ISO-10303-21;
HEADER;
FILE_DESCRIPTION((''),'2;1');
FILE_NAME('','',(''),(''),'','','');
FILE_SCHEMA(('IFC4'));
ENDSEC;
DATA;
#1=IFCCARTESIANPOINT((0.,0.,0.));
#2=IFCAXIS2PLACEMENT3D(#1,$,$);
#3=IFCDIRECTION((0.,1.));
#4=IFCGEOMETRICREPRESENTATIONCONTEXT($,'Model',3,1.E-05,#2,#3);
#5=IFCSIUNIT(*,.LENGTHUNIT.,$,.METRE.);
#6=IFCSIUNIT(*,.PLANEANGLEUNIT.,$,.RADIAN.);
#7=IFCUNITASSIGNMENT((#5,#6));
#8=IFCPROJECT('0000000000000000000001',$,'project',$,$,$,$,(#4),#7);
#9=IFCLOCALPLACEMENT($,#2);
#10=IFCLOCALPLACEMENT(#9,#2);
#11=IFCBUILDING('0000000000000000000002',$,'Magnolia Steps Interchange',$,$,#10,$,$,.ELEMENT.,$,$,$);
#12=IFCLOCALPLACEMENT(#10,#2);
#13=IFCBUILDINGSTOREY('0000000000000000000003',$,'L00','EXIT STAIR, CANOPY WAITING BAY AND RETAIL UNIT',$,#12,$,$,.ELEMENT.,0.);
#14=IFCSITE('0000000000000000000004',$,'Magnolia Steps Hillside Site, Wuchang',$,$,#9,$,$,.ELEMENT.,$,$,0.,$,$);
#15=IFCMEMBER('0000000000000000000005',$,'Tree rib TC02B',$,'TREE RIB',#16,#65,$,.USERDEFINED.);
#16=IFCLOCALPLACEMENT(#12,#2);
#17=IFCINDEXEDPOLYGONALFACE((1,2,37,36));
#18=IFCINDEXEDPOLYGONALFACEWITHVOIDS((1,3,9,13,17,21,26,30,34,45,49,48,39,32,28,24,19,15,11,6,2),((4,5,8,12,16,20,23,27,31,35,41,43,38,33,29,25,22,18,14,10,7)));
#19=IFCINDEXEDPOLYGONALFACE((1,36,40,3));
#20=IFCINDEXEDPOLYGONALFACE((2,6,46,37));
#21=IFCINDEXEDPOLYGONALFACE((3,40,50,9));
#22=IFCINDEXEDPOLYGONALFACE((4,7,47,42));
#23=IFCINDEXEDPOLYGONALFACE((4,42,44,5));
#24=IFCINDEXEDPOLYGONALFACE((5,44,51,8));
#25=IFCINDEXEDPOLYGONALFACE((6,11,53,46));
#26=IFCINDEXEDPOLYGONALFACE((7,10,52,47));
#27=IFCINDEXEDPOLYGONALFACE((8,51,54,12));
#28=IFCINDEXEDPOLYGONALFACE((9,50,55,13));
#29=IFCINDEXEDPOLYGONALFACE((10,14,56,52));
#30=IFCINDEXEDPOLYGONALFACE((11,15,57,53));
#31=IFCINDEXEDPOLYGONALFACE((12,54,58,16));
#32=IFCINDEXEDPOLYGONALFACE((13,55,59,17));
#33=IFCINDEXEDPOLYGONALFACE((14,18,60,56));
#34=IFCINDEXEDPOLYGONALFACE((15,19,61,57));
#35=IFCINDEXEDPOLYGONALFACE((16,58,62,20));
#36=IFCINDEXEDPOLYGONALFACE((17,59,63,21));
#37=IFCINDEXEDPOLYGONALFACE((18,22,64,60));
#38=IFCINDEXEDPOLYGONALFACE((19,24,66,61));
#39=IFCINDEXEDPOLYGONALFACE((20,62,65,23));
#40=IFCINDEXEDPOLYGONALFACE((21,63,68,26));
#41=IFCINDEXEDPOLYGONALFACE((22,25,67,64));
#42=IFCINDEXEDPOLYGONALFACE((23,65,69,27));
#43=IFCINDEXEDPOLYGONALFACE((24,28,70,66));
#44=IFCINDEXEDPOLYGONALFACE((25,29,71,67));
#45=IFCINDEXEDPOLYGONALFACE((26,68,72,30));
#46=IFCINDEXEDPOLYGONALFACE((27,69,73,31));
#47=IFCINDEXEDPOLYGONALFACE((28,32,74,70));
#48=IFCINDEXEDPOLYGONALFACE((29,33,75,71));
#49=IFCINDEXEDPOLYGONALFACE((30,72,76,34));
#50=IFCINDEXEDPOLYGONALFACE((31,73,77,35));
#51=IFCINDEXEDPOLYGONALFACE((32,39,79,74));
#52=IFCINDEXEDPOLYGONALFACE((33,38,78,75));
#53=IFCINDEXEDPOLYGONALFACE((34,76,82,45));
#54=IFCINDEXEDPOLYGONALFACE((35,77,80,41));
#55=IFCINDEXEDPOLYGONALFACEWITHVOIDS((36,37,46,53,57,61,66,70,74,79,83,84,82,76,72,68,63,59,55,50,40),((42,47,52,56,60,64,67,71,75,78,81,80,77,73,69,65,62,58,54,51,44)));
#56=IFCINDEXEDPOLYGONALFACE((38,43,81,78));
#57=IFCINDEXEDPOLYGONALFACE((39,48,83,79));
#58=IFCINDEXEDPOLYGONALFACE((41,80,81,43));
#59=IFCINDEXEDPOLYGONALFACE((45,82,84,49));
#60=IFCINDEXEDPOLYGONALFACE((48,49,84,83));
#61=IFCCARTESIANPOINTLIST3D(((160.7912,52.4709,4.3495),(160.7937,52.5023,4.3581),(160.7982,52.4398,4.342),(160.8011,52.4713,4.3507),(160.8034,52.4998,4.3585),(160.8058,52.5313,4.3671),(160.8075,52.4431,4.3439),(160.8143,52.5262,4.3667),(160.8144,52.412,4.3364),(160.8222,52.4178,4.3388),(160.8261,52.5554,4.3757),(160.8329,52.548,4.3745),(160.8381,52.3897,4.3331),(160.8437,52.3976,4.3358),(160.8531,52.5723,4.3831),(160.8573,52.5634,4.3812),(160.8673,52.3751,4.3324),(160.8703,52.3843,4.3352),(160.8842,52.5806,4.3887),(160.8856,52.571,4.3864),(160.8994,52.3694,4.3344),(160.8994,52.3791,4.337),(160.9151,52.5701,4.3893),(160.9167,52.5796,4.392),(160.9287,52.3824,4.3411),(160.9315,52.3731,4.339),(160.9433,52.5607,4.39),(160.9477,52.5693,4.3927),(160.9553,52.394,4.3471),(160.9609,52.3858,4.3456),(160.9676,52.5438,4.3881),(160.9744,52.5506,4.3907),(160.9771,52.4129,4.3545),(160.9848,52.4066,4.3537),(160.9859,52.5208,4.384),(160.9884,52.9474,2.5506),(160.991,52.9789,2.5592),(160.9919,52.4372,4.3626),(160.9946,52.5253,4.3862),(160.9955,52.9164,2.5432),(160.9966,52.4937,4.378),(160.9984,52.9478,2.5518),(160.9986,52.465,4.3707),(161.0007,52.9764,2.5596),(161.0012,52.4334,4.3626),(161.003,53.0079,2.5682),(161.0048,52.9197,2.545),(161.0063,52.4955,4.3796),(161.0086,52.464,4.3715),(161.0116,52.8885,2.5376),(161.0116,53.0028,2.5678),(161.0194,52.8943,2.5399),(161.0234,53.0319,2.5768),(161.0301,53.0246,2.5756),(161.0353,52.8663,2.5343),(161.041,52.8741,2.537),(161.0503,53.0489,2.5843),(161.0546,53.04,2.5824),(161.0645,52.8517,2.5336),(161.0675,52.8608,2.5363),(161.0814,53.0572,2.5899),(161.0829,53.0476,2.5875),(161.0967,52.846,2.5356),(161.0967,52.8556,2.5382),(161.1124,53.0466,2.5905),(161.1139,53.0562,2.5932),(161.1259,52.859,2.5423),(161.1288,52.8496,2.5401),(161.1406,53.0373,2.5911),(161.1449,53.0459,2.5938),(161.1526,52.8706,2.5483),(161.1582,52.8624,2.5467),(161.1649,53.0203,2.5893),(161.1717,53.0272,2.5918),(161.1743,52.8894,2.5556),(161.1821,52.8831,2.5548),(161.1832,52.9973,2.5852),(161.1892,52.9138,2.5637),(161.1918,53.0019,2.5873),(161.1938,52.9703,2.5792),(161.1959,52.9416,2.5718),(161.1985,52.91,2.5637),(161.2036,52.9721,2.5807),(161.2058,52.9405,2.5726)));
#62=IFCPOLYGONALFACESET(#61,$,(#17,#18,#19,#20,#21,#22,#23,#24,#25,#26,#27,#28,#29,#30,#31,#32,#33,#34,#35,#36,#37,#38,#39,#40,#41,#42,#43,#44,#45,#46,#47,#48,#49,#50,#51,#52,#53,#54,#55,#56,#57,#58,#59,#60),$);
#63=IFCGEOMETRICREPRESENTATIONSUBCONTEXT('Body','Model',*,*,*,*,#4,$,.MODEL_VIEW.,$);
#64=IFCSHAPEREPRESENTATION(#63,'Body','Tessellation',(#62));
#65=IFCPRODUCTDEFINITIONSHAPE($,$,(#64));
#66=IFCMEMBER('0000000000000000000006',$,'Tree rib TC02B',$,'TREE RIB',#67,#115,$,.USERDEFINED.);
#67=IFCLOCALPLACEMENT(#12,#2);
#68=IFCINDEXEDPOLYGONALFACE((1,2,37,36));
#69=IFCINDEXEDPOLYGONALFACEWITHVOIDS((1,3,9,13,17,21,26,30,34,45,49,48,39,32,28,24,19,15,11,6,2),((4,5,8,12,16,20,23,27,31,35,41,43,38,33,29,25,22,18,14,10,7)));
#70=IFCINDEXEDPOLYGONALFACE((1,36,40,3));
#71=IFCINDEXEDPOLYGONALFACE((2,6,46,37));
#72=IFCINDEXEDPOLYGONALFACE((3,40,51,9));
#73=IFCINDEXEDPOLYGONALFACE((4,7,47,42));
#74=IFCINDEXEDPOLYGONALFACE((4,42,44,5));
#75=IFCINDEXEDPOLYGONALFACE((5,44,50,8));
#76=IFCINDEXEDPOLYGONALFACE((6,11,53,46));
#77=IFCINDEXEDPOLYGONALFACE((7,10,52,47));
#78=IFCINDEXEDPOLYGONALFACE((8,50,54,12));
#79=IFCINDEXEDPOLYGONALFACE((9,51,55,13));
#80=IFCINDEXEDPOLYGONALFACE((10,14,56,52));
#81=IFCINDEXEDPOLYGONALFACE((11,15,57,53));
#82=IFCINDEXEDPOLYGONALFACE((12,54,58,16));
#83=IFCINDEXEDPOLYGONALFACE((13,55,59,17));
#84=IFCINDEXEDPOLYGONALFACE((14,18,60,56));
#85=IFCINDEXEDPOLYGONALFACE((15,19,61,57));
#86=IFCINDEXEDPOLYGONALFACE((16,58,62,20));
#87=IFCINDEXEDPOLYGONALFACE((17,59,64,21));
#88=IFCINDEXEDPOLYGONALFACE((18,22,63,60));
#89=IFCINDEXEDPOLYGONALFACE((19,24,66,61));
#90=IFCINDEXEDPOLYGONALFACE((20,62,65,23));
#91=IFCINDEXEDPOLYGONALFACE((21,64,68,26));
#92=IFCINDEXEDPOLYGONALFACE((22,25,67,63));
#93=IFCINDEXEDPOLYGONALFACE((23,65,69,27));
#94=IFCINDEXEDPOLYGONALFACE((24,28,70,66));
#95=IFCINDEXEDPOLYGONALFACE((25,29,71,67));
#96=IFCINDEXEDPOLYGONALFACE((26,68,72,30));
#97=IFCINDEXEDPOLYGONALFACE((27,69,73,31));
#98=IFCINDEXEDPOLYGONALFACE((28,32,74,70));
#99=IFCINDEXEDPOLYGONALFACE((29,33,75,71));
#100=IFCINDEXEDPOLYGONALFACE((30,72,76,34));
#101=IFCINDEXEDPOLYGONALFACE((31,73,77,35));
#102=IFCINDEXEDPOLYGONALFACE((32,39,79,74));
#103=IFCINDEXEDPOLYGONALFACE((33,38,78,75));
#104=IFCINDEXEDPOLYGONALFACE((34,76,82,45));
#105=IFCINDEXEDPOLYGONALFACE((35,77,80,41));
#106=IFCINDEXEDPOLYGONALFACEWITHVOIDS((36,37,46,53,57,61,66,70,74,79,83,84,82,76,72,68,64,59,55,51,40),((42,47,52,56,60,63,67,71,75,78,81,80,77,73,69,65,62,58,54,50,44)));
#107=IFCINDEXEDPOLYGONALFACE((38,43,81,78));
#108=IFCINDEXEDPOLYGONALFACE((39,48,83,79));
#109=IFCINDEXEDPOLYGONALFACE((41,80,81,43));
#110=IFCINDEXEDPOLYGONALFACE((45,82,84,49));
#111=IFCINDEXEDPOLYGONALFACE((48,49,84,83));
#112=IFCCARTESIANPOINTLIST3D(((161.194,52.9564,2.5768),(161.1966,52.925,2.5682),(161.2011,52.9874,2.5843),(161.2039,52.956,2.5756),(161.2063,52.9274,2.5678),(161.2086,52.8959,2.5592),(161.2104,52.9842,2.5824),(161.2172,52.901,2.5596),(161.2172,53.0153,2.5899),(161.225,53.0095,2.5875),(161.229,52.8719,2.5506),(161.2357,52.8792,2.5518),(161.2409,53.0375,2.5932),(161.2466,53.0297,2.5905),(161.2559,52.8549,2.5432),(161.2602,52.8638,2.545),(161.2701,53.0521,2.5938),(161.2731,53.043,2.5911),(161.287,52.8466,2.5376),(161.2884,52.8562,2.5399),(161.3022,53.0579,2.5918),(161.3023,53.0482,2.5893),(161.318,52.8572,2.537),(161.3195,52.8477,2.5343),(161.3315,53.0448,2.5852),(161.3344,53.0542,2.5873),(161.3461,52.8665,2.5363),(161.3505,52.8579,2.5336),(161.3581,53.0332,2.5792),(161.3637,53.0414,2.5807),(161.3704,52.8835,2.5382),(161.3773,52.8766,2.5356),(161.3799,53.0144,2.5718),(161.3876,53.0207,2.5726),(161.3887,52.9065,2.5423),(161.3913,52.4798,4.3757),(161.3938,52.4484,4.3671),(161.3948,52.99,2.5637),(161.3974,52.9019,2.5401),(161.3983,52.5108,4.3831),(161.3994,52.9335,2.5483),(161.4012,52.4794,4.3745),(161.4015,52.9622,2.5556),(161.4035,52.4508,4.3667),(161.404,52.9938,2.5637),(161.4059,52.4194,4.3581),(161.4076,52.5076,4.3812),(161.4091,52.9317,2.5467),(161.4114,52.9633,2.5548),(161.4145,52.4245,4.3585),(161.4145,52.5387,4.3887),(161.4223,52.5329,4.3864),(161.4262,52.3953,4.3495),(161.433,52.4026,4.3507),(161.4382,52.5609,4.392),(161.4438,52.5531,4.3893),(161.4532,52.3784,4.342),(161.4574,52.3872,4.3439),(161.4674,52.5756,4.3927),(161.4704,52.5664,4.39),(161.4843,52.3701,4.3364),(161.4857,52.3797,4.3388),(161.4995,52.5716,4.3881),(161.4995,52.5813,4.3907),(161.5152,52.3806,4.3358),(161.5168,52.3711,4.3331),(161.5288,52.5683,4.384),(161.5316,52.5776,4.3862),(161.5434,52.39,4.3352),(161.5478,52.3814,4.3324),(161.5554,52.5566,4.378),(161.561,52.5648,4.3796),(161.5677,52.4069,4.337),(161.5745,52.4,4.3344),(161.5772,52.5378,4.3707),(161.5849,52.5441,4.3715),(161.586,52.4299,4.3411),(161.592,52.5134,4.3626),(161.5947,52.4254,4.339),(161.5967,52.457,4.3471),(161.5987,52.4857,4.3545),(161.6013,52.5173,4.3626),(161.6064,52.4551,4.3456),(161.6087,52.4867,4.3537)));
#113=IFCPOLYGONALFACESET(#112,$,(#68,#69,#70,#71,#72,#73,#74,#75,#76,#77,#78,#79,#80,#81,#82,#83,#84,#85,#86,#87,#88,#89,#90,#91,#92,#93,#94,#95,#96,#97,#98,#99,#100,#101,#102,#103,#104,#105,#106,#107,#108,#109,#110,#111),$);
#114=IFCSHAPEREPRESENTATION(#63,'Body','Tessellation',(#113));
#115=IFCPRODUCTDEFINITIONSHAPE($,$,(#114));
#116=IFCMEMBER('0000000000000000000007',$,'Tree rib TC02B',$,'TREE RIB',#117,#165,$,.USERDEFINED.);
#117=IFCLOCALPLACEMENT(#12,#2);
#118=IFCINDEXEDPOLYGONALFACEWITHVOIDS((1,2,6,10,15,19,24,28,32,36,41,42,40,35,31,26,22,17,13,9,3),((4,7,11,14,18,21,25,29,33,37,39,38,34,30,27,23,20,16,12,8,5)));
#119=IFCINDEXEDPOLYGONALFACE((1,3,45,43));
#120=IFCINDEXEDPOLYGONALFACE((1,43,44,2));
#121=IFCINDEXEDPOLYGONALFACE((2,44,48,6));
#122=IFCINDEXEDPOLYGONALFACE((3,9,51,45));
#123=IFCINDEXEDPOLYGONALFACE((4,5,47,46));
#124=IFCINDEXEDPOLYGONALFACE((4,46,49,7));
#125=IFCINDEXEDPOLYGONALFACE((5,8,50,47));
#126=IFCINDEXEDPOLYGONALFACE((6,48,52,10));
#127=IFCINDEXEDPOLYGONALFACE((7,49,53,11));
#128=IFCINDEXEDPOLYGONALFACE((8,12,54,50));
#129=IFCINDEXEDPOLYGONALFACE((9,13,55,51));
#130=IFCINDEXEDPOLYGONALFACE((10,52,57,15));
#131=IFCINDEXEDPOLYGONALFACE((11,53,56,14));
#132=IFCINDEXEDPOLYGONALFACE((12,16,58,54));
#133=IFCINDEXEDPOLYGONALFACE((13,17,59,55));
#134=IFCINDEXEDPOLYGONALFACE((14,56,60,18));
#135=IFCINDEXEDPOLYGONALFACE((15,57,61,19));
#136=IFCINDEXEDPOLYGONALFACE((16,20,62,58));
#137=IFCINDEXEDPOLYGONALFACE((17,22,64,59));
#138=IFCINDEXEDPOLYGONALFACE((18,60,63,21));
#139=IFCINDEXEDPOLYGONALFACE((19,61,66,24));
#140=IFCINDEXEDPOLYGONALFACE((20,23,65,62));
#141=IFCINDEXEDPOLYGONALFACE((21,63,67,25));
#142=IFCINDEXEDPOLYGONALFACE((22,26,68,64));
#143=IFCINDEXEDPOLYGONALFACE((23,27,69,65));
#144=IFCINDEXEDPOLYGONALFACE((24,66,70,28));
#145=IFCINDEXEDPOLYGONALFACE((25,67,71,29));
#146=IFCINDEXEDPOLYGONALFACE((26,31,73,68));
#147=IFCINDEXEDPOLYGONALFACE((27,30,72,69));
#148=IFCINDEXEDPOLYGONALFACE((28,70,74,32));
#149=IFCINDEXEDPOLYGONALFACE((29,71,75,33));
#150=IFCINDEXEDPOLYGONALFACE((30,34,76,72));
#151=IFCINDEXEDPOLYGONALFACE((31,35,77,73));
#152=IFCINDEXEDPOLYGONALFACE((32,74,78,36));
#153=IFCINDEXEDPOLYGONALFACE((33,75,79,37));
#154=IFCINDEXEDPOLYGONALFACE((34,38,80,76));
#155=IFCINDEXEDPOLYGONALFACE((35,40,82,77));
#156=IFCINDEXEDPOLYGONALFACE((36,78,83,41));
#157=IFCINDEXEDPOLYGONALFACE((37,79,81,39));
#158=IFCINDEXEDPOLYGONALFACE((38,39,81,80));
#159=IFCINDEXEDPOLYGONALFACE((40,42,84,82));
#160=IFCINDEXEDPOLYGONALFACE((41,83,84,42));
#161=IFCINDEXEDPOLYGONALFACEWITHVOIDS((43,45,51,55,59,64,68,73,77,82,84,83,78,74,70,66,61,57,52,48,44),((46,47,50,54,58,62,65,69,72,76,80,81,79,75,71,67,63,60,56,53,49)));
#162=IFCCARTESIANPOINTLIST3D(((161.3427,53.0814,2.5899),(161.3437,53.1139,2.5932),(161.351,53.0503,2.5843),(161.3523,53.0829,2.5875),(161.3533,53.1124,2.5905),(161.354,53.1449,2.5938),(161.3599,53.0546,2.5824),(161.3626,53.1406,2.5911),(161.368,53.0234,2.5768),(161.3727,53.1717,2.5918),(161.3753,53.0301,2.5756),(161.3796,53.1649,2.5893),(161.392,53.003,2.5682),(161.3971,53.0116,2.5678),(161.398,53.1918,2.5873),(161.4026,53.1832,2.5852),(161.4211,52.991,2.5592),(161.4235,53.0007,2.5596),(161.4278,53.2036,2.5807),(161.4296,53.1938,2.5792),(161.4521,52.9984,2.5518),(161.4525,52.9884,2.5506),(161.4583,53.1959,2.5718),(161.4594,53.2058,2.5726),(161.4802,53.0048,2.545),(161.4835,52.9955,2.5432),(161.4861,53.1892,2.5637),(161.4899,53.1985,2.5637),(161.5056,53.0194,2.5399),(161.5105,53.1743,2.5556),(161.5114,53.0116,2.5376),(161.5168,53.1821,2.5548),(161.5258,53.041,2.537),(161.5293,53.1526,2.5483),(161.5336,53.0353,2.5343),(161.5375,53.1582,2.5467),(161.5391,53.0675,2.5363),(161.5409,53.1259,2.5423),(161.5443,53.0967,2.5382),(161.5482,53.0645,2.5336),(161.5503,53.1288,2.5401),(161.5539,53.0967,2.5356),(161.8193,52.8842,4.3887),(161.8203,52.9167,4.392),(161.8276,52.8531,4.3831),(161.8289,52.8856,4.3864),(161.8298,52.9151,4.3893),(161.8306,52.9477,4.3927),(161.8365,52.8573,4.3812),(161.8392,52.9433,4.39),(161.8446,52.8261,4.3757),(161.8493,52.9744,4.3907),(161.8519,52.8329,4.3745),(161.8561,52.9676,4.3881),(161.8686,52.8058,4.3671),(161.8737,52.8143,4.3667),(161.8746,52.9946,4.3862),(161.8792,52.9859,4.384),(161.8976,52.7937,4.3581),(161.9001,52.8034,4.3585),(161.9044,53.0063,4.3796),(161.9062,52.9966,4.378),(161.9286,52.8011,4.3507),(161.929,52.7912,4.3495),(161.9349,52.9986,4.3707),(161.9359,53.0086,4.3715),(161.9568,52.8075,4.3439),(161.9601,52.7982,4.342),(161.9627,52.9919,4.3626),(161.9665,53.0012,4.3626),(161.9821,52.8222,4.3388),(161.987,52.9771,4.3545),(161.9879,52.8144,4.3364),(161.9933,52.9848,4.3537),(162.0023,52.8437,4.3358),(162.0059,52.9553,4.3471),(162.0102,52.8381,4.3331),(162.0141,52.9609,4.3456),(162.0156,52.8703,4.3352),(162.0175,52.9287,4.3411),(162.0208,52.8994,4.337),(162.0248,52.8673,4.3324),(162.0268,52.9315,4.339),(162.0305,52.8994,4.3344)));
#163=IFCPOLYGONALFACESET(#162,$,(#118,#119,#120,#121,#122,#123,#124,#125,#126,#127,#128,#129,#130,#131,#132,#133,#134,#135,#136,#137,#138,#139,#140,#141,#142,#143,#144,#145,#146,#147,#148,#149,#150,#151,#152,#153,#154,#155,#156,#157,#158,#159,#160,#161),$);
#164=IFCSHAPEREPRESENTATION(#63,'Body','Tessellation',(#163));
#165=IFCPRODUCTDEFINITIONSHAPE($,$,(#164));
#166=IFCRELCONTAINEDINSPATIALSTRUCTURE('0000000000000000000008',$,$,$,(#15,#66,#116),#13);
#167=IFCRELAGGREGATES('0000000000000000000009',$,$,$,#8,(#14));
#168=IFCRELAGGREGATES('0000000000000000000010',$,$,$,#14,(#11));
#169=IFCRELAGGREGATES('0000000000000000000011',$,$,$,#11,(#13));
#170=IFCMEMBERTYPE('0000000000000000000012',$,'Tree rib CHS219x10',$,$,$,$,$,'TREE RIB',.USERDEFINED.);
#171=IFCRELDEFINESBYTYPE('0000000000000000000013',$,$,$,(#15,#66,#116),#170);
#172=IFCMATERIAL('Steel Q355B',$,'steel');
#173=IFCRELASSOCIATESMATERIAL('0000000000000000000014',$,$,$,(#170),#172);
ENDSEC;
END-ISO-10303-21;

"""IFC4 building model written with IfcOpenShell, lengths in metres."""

from ifc_helpers import new_model, si_unit, direction, frame, origin, origin_2d, place, context, subcontext, project, spatial, hollow_circle, extrude, material, material_profile, profile_set, type_object, element, save


model = new_model("IFC4")

# Units and contexts
model_context = context("Model", 3, precision=1e-05, world=origin(), true_north=direction((0.0, 1.0)))
body_context = subcontext(model_context, "Body", "Model", "MODEL_VIEW")
ifc_project = project(units=[si_unit("LENGTHUNIT", "METRE"), si_unit("PLANEANGLEUNIT", "RADIAN")], contexts=[model_context])

# Site, building, storey
site_placement = place(None, origin())
site = spatial("IfcSite", under=ifc_project, at=site_placement, Name="Magnolia Steps Hillside Site, Wuchang", CompositionType="ELEMENT", RefElevation=0.0)
building_placement = place(site_placement, origin())
building = spatial("IfcBuilding", under=site, at=building_placement, Name="Magnolia Steps Interchange", CompositionType="ELEMENT")
storey_placement = place(building_placement, origin())
storey = spatial("IfcBuildingStorey", under=building, at=storey_placement, Name="L00", Description="EXIT STAIR, CANOPY WAITING BAY AND RETAIL UNIT", CompositionType="ELEMENT", Elevation=0.0)

# Members
ifc_material_1 = material(Name="Steel Q355B", Category="steel")
ifc_material_profile_1 = material_profile(ifc_material_1, hollow_circle(Radius=0.1096, WallThickness=0.01, at=origin_2d()), Name="CHS219x10")
ifc_profile_set_1 = profile_set([ifc_material_profile_1], Name="Steel Q355B")
member_type = type_object("IfcMemberType", Name="Tree rib CHS219x10", ElementType="TREE RIB", PredefinedType="USERDEFINED", material=ifc_profile_set_1)
for number, where, z_axis, x_axis, name in (
    (1, (161.0972, 52.9519, 2.5637), (-0.105416, -0.254668, 0.961266), (0.923971, -0.382463, 0.0), "Tree rib TC02B"),
    (2, (161.3027, 52.9519, 2.5637), (0.105416, -0.254668, 0.961266), (0.923971, 0.382463, 0.0), "Tree rib TC02B"),
    (3, (161.448, 53.0972, 2.5637), (0.254668, -0.105416, 0.961266), (0.382463, 0.923971, 0.0), "Tree rib TC02B"),
):
    element("IfcMember", number, at=place(storey_placement, frame(where, z_axis=z_axis, x_axis=x_axis)), inside=storey, type_object=member_type, Name=name, ObjectType="TREE RIB", PredefinedType="USERDEFINED", context=body_context, shape_type="SweptSolid", body=[
        extrude(hollow_circle(Radius=0.1096, WallThickness=0.01, at=origin_2d()), origin(), (0.0, 0.0, 1.0), 1.8713),
    ])

save(model, "model.ifc")
